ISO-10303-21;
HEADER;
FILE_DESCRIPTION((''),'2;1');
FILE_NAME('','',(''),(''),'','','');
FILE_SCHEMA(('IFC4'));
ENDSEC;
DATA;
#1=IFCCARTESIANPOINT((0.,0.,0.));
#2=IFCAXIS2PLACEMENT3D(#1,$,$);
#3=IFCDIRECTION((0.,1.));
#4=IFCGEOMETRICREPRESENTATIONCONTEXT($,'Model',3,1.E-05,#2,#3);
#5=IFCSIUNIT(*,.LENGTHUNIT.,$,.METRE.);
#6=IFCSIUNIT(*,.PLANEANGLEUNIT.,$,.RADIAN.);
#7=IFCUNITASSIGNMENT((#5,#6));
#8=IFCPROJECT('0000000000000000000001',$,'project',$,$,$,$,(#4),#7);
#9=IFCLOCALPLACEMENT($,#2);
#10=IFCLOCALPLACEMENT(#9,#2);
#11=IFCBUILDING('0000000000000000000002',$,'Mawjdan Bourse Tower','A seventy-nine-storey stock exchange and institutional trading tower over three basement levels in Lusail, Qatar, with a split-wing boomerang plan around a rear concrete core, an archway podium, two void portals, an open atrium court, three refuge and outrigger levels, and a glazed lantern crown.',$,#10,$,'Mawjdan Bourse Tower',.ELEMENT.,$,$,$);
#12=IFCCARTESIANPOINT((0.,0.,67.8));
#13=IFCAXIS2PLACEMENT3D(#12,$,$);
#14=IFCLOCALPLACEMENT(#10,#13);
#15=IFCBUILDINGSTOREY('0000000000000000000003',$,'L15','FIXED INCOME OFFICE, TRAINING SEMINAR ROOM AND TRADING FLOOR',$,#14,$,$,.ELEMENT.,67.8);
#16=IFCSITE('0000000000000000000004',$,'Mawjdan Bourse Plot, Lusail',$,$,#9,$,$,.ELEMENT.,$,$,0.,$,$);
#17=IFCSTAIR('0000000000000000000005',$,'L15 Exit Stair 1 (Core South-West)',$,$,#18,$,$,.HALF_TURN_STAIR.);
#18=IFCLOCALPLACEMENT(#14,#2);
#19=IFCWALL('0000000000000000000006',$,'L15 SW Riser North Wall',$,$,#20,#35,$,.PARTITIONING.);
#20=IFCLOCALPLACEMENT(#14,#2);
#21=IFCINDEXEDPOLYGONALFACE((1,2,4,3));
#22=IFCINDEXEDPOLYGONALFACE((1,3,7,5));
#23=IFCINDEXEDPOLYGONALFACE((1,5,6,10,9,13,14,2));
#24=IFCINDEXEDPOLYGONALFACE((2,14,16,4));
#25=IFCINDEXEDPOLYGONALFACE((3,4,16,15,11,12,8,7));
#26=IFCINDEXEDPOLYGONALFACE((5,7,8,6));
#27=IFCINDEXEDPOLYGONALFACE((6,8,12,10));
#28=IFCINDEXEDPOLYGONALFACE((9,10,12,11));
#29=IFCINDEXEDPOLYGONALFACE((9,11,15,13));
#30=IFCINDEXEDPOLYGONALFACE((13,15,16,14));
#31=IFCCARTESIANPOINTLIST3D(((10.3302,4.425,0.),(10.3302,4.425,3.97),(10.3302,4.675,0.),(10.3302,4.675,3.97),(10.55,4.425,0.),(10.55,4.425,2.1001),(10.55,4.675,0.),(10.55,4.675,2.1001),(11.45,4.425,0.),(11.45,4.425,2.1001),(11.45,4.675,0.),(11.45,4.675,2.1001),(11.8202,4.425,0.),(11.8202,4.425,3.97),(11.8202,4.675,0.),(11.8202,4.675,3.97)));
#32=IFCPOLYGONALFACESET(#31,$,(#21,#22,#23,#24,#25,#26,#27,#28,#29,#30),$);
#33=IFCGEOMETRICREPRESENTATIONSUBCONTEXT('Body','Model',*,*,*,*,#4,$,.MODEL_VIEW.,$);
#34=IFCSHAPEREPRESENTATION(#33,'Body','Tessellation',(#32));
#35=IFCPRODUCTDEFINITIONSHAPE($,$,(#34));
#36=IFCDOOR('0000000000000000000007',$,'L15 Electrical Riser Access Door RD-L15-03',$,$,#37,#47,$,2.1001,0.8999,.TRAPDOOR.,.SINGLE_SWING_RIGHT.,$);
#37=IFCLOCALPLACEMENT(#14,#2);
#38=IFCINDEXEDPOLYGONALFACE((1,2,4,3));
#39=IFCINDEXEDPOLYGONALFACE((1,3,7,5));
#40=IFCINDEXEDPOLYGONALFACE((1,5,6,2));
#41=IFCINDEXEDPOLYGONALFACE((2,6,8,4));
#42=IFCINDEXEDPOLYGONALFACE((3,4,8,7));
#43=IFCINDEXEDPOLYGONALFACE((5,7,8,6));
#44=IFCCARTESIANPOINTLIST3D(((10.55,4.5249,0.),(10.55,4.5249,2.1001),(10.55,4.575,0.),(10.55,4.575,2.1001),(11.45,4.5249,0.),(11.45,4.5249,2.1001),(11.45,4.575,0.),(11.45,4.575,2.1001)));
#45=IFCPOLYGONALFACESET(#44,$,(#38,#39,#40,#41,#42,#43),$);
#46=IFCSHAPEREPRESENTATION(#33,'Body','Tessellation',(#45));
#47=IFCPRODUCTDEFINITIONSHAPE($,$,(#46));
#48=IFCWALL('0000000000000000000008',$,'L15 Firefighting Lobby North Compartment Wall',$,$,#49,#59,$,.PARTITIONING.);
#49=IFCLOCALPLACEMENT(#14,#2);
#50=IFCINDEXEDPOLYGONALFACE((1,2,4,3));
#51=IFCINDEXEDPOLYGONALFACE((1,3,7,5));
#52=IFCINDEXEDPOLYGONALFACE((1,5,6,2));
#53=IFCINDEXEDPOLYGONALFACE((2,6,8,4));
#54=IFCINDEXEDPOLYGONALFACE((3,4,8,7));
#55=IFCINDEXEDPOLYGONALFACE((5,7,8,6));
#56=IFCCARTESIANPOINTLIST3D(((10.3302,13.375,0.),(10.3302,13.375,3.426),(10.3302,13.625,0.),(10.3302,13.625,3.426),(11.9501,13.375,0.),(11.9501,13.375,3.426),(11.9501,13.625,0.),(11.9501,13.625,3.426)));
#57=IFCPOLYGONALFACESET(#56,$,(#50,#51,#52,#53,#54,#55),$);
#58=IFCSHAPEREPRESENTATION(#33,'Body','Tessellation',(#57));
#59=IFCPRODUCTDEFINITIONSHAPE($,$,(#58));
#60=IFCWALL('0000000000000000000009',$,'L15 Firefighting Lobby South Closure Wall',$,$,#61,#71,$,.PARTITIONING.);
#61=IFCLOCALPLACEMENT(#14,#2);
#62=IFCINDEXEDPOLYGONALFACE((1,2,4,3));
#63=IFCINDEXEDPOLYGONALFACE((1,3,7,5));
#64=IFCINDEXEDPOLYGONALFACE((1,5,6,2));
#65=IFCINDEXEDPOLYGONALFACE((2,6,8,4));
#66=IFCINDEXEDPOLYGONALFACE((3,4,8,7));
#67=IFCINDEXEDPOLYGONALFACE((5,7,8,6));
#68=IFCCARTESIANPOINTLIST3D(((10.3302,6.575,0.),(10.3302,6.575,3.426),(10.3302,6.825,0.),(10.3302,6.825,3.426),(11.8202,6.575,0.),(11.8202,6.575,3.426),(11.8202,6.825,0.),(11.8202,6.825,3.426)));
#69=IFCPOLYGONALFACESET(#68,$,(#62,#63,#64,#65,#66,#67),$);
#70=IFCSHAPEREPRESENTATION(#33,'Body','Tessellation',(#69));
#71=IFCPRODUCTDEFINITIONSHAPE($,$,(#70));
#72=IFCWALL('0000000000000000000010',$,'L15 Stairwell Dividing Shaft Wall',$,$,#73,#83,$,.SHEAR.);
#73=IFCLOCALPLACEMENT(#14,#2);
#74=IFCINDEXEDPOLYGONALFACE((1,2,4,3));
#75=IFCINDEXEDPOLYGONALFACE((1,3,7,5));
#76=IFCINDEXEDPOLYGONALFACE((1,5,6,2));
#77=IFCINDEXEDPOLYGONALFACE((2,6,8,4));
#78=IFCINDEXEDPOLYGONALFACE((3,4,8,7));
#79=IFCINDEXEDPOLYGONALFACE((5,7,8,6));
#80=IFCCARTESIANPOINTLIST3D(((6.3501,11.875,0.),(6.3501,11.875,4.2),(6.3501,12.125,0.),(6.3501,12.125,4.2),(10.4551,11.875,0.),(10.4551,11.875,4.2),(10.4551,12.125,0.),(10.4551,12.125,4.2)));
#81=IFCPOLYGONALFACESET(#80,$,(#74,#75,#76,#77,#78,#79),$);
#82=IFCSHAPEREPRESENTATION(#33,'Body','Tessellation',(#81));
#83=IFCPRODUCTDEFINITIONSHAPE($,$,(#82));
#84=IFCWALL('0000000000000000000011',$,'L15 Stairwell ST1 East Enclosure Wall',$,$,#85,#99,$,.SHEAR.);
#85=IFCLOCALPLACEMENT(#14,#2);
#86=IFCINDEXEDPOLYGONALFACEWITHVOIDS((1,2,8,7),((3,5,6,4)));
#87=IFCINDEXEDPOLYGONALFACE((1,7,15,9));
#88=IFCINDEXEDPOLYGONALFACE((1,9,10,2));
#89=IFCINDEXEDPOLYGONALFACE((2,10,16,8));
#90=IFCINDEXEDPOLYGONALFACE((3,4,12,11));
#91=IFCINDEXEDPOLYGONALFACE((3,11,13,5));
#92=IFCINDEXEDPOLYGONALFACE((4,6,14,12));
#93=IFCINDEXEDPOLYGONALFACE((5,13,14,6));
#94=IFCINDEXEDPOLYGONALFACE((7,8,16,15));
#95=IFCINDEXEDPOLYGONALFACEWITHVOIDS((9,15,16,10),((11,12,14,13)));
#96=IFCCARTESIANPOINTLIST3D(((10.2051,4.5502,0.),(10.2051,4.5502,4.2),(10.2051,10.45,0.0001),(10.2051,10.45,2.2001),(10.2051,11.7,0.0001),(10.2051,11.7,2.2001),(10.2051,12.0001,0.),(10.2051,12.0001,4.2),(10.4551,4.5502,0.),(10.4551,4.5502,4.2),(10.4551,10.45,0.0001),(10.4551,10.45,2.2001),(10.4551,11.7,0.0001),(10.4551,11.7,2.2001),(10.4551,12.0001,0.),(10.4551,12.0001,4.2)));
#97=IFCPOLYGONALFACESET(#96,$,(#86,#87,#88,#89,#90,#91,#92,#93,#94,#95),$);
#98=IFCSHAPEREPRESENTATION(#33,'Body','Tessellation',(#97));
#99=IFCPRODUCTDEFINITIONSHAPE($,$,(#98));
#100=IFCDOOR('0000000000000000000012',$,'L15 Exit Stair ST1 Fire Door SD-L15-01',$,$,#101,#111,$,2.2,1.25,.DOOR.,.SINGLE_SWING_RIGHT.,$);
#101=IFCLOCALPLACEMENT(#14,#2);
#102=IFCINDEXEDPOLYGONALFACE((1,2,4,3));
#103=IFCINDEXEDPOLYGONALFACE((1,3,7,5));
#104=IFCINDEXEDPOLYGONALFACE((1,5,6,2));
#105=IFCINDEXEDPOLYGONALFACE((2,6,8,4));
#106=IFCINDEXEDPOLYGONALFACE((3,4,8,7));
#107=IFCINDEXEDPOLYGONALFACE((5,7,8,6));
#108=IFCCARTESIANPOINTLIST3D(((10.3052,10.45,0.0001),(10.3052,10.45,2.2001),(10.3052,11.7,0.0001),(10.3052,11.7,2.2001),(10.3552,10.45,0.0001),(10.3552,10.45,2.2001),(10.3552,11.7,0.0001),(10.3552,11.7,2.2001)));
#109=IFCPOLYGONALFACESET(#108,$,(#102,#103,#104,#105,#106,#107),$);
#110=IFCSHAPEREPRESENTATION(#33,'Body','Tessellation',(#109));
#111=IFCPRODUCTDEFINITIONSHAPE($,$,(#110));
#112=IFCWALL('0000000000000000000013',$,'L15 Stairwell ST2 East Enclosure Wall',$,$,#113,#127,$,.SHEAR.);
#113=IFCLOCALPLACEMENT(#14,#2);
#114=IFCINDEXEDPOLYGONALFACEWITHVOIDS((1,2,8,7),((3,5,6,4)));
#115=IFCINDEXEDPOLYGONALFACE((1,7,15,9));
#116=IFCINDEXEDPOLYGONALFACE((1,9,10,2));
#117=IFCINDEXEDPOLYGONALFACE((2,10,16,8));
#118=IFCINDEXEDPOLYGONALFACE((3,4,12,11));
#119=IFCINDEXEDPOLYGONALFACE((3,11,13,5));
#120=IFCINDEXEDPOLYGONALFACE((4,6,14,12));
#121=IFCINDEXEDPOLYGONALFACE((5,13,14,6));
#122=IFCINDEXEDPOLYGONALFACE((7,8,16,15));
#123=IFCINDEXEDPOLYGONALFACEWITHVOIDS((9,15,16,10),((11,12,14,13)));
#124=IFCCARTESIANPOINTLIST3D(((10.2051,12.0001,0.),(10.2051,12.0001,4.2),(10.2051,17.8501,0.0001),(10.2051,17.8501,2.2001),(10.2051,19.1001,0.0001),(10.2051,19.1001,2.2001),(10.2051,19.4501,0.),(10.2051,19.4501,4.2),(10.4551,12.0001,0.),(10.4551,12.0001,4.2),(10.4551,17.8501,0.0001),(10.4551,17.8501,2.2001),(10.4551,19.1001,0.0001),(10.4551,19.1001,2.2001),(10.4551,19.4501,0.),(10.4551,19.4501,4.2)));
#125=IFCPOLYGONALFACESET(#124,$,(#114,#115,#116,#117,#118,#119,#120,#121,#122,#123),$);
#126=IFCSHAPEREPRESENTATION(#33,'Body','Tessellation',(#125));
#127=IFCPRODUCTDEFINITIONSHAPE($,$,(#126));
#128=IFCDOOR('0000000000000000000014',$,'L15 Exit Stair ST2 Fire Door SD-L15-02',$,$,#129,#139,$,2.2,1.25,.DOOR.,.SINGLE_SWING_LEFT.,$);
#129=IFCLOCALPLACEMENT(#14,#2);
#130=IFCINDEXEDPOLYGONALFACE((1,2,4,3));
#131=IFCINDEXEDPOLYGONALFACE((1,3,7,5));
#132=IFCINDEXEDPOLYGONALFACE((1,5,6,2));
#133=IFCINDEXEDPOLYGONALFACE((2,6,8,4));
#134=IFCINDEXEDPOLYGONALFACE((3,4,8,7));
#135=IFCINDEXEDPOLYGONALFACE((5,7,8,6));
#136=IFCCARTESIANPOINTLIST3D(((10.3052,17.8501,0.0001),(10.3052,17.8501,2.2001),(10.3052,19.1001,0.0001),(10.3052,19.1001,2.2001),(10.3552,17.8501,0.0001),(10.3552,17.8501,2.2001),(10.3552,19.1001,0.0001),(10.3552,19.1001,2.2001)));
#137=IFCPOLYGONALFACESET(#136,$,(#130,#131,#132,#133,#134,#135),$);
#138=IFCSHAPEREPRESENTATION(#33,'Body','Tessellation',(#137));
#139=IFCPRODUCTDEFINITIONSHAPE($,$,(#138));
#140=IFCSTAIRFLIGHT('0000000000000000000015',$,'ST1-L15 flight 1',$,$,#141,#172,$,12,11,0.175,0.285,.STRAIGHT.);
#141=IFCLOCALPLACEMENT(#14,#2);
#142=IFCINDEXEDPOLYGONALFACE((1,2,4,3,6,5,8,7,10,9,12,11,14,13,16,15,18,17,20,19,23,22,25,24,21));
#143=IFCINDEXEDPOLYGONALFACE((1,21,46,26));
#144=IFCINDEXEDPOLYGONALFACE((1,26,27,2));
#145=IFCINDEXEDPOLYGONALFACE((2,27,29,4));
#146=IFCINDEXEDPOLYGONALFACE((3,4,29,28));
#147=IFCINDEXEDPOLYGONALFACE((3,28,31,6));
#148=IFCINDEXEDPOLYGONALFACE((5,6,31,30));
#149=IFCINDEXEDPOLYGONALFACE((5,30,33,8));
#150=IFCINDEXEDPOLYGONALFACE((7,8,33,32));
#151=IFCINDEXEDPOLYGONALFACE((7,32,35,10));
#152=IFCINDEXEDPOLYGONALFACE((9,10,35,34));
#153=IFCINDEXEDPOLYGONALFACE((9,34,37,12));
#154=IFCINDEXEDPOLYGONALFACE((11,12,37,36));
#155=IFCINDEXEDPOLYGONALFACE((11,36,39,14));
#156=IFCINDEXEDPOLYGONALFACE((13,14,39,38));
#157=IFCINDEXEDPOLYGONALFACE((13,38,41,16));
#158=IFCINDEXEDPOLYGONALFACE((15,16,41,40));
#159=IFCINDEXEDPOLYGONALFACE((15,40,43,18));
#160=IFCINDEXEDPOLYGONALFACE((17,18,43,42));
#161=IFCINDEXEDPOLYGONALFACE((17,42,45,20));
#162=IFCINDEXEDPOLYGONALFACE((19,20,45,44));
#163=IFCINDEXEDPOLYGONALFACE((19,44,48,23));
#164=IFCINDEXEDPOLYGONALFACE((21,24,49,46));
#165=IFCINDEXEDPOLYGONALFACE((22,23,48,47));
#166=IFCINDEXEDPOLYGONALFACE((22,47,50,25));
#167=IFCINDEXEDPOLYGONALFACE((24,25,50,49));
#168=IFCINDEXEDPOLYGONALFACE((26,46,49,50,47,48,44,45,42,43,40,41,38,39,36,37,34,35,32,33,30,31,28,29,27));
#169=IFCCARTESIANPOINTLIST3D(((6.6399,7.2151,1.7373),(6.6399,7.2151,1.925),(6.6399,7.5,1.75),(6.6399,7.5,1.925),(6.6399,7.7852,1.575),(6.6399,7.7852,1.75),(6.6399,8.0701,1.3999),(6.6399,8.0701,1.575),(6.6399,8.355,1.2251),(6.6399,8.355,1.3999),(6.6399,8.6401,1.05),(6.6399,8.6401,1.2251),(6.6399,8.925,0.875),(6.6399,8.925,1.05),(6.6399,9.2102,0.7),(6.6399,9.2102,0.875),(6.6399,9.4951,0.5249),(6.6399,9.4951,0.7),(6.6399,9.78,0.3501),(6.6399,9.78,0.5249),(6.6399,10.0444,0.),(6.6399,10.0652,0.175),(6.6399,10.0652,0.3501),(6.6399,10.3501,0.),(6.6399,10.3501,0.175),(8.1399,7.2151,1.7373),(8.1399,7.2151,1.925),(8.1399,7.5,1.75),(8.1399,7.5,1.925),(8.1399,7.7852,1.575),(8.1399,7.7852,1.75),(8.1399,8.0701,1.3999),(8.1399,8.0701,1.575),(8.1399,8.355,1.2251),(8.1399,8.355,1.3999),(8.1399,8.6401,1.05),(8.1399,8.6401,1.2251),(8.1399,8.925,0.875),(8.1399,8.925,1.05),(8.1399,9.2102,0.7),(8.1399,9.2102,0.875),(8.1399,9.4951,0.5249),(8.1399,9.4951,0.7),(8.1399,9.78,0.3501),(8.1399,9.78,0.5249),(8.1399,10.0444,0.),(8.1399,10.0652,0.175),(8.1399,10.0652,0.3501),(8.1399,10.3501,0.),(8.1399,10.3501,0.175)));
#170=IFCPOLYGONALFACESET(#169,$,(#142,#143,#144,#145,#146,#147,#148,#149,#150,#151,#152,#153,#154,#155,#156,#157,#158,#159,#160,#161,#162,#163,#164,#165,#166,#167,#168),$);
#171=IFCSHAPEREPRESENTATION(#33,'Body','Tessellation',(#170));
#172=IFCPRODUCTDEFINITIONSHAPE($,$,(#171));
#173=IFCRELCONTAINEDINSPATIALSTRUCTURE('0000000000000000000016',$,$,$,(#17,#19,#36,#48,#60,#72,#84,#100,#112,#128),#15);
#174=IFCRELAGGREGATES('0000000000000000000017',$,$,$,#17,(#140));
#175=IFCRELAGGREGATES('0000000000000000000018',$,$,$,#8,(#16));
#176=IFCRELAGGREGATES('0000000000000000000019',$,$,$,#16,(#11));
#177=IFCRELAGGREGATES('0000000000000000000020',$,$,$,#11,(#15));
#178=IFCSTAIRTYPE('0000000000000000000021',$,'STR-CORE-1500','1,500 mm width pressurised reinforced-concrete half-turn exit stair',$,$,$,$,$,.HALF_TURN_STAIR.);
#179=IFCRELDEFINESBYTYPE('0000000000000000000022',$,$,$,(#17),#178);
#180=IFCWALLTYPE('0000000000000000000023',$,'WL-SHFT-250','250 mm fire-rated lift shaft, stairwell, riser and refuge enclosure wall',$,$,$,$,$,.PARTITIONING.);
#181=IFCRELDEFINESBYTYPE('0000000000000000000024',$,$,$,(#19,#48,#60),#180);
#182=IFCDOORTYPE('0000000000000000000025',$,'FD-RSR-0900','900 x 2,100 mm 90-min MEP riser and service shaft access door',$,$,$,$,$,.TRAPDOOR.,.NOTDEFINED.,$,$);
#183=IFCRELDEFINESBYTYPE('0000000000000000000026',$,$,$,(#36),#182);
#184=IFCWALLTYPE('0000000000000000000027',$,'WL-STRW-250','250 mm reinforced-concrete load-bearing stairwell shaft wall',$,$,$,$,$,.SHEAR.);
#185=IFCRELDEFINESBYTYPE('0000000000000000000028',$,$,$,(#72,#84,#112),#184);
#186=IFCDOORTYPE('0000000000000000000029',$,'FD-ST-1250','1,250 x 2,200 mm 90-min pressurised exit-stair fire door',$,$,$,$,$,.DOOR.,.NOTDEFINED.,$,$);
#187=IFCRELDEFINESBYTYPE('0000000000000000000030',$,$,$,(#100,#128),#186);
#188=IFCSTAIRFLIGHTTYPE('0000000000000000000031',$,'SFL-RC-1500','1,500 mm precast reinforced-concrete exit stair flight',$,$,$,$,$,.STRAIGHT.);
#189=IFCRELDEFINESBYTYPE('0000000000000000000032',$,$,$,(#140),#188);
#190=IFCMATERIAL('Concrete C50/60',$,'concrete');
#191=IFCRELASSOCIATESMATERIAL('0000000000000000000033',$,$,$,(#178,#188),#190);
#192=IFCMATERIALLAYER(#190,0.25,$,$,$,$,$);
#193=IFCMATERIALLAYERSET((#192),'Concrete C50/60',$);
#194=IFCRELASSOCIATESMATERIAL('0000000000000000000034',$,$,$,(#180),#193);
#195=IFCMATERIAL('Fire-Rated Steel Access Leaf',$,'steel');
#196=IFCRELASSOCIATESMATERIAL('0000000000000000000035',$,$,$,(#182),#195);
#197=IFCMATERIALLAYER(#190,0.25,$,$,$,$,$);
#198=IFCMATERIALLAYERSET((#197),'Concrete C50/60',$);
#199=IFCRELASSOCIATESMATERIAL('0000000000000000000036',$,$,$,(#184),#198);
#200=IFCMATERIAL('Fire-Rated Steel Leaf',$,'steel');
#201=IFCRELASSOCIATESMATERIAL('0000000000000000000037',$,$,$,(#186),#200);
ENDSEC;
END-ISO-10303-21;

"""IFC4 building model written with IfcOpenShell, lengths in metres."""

from ifc_helpers import new_model, si_unit, direction, frame, frame_2d, origin, place, context, subcontext, project, spatial, polyline, rectangle, outline, extrude, material, layer, layer_set, type_object, element, fill, aggregate, save


model = new_model("IFC4")

# Units and contexts
model_context = context("Model", 3, precision=1e-05, world=origin(), true_north=direction((0.0, 1.0)))
body_context = subcontext(model_context, "Body", "Model", "MODEL_VIEW")
ifc_project = project(units=[si_unit("LENGTHUNIT", "METRE"), si_unit("PLANEANGLEUNIT", "RADIAN")], contexts=[model_context])

# Site, building, storey
site_placement = place(None, origin())
site = spatial("IfcSite", under=ifc_project, at=site_placement, Name="Mawjdan Bourse Plot, Lusail", CompositionType="ELEMENT", RefElevation=0.0)
building_placement = place(site_placement, origin())
building = spatial("IfcBuilding", under=site, at=building_placement, Name="Mawjdan Bourse Tower", Description="A seventy-nine-storey stock exchange and institutional trading tower over three basement levels in Lusail, Qatar, with a split-wing boomerang plan around a rear concrete core, an archway podium, two void portals, an open atrium court, three refuge and outrigger levels, and a glazed lantern crown.", LongName="Mawjdan Bourse Tower", CompositionType="ELEMENT")
storey_placement = place(building_placement, frame((0.0, 0.0, 67.8)))
storey = spatial("IfcBuildingStorey", under=building, at=storey_placement, Name="L15", Description="FIXED INCOME OFFICE, TRAINING SEMINAR ROOM AND TRADING FLOOR", CompositionType="ELEMENT", Elevation=67.8)

# Stair
ifc_material_1 = material(Name="Concrete C50/60", Category="concrete")
stair_type = type_object("IfcStairType", Name="STR-CORE-1500", Description="1,500 mm width pressurised reinforced-concrete half-turn exit stair", PredefinedType="HALF_TURN_STAIR", material=ifc_material_1)
stair_1_placement = place(storey_placement, origin())
stair_1 = element("IfcStair", 1, at=stair_1_placement, inside=storey, type_object=stair_type, Name="L15 Exit Stair 1 (Core South-West)", PredefinedType="HALF_TURN_STAIR")

# Wall, opening, door
ifc_layer_1 = layer(ifc_material_1, 0.25)
ifc_layer_set_1 = layer_set([ifc_layer_1], Name="Concrete C50/60")
wall_type_1 = type_object("IfcWallType", Name="WL-SHFT-250", Description="250 mm fire-rated lift shaft, stairwell, riser and refuge enclosure wall", PredefinedType="PARTITIONING", material=ifc_layer_set_1)
wall_1_placement = place(storey_placement, frame((10.3301, 4.55, 0.0), z_axis=(0.0, 0.0, 1.0), x_axis=(1.0, 0.0, 0.0)))
wall_1 = element("IfcWall", 2, at=wall_1_placement, inside=storey, type_object=wall_type_1, Name="L15 SW Riser North Wall", PredefinedType="PARTITIONING", context=body_context, shape_type="SweptSolid", body=[
    extrude(rectangle(XDim=1.49, YDim=0.25, at=frame_2d((0.7451, 0.0))), origin(), (0.0, 0.0, 1.0), 3.97),
])
opening_1_placement = place(wall_1_placement, frame((0.22, 0.0, 0.0)))
opening_1 = element("IfcOpeningElement", 3, at=opening_1_placement, cuts=wall_1, PredefinedType="OPENING", context=body_context, shape_type="SweptSolid", body=[
    extrude(rectangle(XDim=0.8999, YDim=2.1001, at=frame_2d((0.45, 1.05))), frame((0.0, 0.135, 0.0), z_axis=(0.0, -1.0, 0.0), x_axis=(1.0, 0.0, 0.0)), (0.0, 0.0, 1.0), 0.27),
])
ifc_material_2 = material(Name="Fire-Rated Steel Access Leaf", Category="steel")
door_type_1 = type_object("IfcDoorType", Name="FD-RSR-0900", Description="900 x 2,100 mm 90-min MEP riser and service shaft access door", OperationType="NOTDEFINED", PredefinedType="TRAPDOOR", material=ifc_material_2)
door_1_placement = place(opening_1_placement, origin())
door_1 = element("IfcDoor", 4, at=door_1_placement, inside=storey, type_object=door_type_1, Name="L15 Electrical Riser Access Door RD-L15-03", OperationType="SINGLE_SWING_RIGHT", OverallHeight=2.1001, OverallWidth=0.8999, PredefinedType="TRAPDOOR", context=body_context, shape_type="SweptSolid", body=[
    extrude(rectangle(XDim=0.8999, YDim=2.1001, at=frame_2d((0.45, 1.05))), frame((0.0, 0.0249, 0.0), z_axis=(0.0, -1.0, 0.0), x_axis=(1.0, 0.0, 0.0)), (0.0, 0.0, 1.0), 0.05),
])
fill(opening_1, door_1)

# Walls
wall_2_placement = place(storey_placement, frame((10.3301, 13.5, 0.0), z_axis=(0.0, 0.0, 1.0), x_axis=(1.0, 0.0, 0.0)))
element("IfcWall", 5, at=wall_2_placement, inside=storey, type_object=wall_type_1, Name="L15 Firefighting Lobby North Compartment Wall", PredefinedType="PARTITIONING", context=body_context, shape_type="SweptSolid", body=[
    extrude(rectangle(XDim=1.6199, YDim=0.25, at=frame_2d((0.8101, 0.0))), origin(), (0.0, 0.0, 1.0), 3.426),
])
wall_3_placement = place(storey_placement, frame((10.3301, 6.7, 0.0), z_axis=(0.0, 0.0, 1.0), x_axis=(1.0, 0.0, 0.0)))
element("IfcWall", 6, at=wall_3_placement, inside=storey, type_object=wall_type_1, Name="L15 Firefighting Lobby South Closure Wall", PredefinedType="PARTITIONING", context=body_context, shape_type="SweptSolid", body=[
    extrude(rectangle(XDim=1.49, YDim=0.25, at=frame_2d((0.7451, 0.0))), origin(), (0.0, 0.0, 1.0), 3.426),
])
ifc_layer_2 = layer(ifc_material_1, 0.25)
ifc_layer_set_2 = layer_set([ifc_layer_2], Name="Concrete C50/60")
wall_type_2 = type_object("IfcWallType", Name="WL-STRW-250", Description="250 mm reinforced-concrete load-bearing stairwell shaft wall", PredefinedType="SHEAR", material=ifc_layer_set_2)
wall_4_placement = place(storey_placement, frame((6.3501, 12.0, 0.0), z_axis=(0.0, 0.0, 1.0), x_axis=(1.0, 0.0, 0.0)))
element("IfcWall", 7, at=wall_4_placement, inside=storey, type_object=wall_type_2, Name="L15 Stairwell Dividing Shaft Wall", PredefinedType="SHEAR", context=body_context, shape_type="SweptSolid", body=[
    extrude(rectangle(XDim=4.105, YDim=0.25, at=frame_2d((2.0525, 0.0))), origin(), (0.0, 0.0, 1.0), 4.2),
])

# Walls, openings, doors
wall_5_placement = place(storey_placement, frame((10.3301, 4.55, 0.0), z_axis=(0.0, 0.0, 1.0), x_axis=(0.0, 1.0, 0.0)))
wall_5 = element("IfcWall", 8, at=wall_5_placement, inside=storey, type_object=wall_type_2, Name="L15 Stairwell ST1 East Enclosure Wall", PredefinedType="SHEAR", context=body_context, shape_type="SweptSolid", body=[
    extrude(rectangle(XDim=7.45, YDim=0.25, at=frame_2d((3.7251, 0.0))), origin(), (0.0, 0.0, 1.0), 4.2),
])
opening_2_placement = place(wall_5_placement, frame((5.8999, 0.0, 0.0)))
opening_2 = element("IfcOpeningElement", 9, at=opening_2_placement, cuts=wall_5, PredefinedType="OPENING", context=body_context, shape_type="SweptSolid", body=[
    extrude(rectangle(XDim=1.25, YDim=2.2, at=frame_2d((0.625, 1.1001))), frame((0.0, 0.135, 0.0), z_axis=(0.0, -1.0, 0.0), x_axis=(1.0, 0.0, 0.0)), (0.0, 0.0, 1.0), 0.27),
])
ifc_material_3 = material(Name="Fire-Rated Steel Leaf", Category="steel")
door_type_2 = type_object("IfcDoorType", Name="FD-ST-1250", Description="1,250 x 2,200 mm 90-min pressurised exit-stair fire door", OperationType="NOTDEFINED", PredefinedType="DOOR", material=ifc_material_3)
door_2_placement = place(opening_2_placement, origin())
door_2 = element("IfcDoor", 10, at=door_2_placement, inside=storey, type_object=door_type_2, Name="L15 Exit Stair ST1 Fire Door SD-L15-01", OperationType="SINGLE_SWING_RIGHT", OverallHeight=2.2, OverallWidth=1.25, PredefinedType="DOOR", context=body_context, shape_type="SweptSolid", body=[
    extrude(rectangle(XDim=1.25, YDim=2.2, at=frame_2d((0.625, 1.1001))), frame((0.0, 0.0249, 0.0), z_axis=(0.0, -1.0, 0.0), x_axis=(1.0, 0.0, 0.0)), (0.0, 0.0, 1.0), 0.05),
])
fill(opening_2, door_2)
wall_6_placement = place(storey_placement, frame((10.3301, 12.0, 0.0), z_axis=(0.0, 0.0, 1.0), x_axis=(0.0, 1.0, 0.0)))
wall_6 = element("IfcWall", 11, at=wall_6_placement, inside=storey, type_object=wall_type_2, Name="L15 Stairwell ST2 East Enclosure Wall", PredefinedType="SHEAR", context=body_context, shape_type="SweptSolid", body=[
    extrude(rectangle(XDim=7.45, YDim=0.25, at=frame_2d((3.7251, 0.0))), origin(), (0.0, 0.0, 1.0), 4.2),
])
opening_3_placement = place(wall_6_placement, frame((5.8501, 0.0, 0.0)))
opening_3 = element("IfcOpeningElement", 12, at=opening_3_placement, cuts=wall_6, PredefinedType="OPENING", context=body_context, shape_type="SweptSolid", body=[
    extrude(rectangle(XDim=1.25, YDim=2.2, at=frame_2d((0.625, 1.1001))), frame((0.0, 0.135, 0.0), z_axis=(0.0, -1.0, 0.0), x_axis=(1.0, 0.0, 0.0)), (0.0, 0.0, 1.0), 0.27),
])
door_3_placement = place(opening_3_placement, origin())
door_3 = element("IfcDoor", 13, at=door_3_placement, inside=storey, type_object=door_type_2, Name="L15 Exit Stair ST2 Fire Door SD-L15-02", OperationType="SINGLE_SWING_LEFT", OverallHeight=2.2, OverallWidth=1.25, PredefinedType="DOOR", context=body_context, shape_type="SweptSolid", body=[
    extrude(rectangle(XDim=1.25, YDim=2.2, at=frame_2d((0.625, 1.1001))), frame((0.0, 0.0249, 0.0), z_axis=(0.0, -1.0, 0.0), x_axis=(1.0, 0.0, 0.0)), (0.0, 0.0, 1.0), 0.05),
])
fill(opening_3, door_3)

# Stair flight
stair_flight_type = type_object("IfcStairFlightType", Name="SFL-RC-1500", Description="1,500 mm precast reinforced-concrete exit stair flight", PredefinedType="STRAIGHT", material=ifc_material_1)
stair_flight_1_placement = place(storey_placement, frame((7.3899, 10.3501, 0.0), z_axis=(0.0, 0.0, 1.0), x_axis=(0.0, -1.0, 0.0)))
stair_flight_1 = element("IfcStairFlight", 14, at=stair_flight_1_placement, type_object=stair_flight_type, Name="ST1-L15 flight 1", NumberOfRisers=12, NumberOfTreads=11, PredefinedType="STRAIGHT", RiserHeight=0.175, TreadLength=0.285, context=body_context, shape_type="SweptSolid", body=[
    extrude(outline(polyline([(0.0, 0.0), (0.0, 0.175), (0.2849, 0.175), (0.2849, 0.3501), (0.5701, 0.3501), (0.5701, 0.5249), (0.855, 0.5249), (0.855, 0.7), (1.1399, 0.7), (1.1399, 0.875), (1.425, 0.875), (1.425, 1.05), (1.71, 1.05), (1.71, 1.2251), (1.9951, 1.2251), (1.9951, 1.3999), (2.28, 1.3999), (2.28, 1.575), (2.5649, 1.575), (2.5649, 1.75), (2.8501, 1.75), (2.8501, 1.925), (3.135, 1.925), (3.135, 2.1001), (3.135, 1.7373), (0.3057, 0.0), (0.0, 0.0)])), frame((0.0, 0.75, 0.0), z_axis=(0.0, -1.0, 0.0), x_axis=(1.0, 0.0, 0.0)), (0.0, 0.0, 1.0), 1.5),
])
aggregate(stair_1, [stair_flight_1])

save(model, "model.ifc")
